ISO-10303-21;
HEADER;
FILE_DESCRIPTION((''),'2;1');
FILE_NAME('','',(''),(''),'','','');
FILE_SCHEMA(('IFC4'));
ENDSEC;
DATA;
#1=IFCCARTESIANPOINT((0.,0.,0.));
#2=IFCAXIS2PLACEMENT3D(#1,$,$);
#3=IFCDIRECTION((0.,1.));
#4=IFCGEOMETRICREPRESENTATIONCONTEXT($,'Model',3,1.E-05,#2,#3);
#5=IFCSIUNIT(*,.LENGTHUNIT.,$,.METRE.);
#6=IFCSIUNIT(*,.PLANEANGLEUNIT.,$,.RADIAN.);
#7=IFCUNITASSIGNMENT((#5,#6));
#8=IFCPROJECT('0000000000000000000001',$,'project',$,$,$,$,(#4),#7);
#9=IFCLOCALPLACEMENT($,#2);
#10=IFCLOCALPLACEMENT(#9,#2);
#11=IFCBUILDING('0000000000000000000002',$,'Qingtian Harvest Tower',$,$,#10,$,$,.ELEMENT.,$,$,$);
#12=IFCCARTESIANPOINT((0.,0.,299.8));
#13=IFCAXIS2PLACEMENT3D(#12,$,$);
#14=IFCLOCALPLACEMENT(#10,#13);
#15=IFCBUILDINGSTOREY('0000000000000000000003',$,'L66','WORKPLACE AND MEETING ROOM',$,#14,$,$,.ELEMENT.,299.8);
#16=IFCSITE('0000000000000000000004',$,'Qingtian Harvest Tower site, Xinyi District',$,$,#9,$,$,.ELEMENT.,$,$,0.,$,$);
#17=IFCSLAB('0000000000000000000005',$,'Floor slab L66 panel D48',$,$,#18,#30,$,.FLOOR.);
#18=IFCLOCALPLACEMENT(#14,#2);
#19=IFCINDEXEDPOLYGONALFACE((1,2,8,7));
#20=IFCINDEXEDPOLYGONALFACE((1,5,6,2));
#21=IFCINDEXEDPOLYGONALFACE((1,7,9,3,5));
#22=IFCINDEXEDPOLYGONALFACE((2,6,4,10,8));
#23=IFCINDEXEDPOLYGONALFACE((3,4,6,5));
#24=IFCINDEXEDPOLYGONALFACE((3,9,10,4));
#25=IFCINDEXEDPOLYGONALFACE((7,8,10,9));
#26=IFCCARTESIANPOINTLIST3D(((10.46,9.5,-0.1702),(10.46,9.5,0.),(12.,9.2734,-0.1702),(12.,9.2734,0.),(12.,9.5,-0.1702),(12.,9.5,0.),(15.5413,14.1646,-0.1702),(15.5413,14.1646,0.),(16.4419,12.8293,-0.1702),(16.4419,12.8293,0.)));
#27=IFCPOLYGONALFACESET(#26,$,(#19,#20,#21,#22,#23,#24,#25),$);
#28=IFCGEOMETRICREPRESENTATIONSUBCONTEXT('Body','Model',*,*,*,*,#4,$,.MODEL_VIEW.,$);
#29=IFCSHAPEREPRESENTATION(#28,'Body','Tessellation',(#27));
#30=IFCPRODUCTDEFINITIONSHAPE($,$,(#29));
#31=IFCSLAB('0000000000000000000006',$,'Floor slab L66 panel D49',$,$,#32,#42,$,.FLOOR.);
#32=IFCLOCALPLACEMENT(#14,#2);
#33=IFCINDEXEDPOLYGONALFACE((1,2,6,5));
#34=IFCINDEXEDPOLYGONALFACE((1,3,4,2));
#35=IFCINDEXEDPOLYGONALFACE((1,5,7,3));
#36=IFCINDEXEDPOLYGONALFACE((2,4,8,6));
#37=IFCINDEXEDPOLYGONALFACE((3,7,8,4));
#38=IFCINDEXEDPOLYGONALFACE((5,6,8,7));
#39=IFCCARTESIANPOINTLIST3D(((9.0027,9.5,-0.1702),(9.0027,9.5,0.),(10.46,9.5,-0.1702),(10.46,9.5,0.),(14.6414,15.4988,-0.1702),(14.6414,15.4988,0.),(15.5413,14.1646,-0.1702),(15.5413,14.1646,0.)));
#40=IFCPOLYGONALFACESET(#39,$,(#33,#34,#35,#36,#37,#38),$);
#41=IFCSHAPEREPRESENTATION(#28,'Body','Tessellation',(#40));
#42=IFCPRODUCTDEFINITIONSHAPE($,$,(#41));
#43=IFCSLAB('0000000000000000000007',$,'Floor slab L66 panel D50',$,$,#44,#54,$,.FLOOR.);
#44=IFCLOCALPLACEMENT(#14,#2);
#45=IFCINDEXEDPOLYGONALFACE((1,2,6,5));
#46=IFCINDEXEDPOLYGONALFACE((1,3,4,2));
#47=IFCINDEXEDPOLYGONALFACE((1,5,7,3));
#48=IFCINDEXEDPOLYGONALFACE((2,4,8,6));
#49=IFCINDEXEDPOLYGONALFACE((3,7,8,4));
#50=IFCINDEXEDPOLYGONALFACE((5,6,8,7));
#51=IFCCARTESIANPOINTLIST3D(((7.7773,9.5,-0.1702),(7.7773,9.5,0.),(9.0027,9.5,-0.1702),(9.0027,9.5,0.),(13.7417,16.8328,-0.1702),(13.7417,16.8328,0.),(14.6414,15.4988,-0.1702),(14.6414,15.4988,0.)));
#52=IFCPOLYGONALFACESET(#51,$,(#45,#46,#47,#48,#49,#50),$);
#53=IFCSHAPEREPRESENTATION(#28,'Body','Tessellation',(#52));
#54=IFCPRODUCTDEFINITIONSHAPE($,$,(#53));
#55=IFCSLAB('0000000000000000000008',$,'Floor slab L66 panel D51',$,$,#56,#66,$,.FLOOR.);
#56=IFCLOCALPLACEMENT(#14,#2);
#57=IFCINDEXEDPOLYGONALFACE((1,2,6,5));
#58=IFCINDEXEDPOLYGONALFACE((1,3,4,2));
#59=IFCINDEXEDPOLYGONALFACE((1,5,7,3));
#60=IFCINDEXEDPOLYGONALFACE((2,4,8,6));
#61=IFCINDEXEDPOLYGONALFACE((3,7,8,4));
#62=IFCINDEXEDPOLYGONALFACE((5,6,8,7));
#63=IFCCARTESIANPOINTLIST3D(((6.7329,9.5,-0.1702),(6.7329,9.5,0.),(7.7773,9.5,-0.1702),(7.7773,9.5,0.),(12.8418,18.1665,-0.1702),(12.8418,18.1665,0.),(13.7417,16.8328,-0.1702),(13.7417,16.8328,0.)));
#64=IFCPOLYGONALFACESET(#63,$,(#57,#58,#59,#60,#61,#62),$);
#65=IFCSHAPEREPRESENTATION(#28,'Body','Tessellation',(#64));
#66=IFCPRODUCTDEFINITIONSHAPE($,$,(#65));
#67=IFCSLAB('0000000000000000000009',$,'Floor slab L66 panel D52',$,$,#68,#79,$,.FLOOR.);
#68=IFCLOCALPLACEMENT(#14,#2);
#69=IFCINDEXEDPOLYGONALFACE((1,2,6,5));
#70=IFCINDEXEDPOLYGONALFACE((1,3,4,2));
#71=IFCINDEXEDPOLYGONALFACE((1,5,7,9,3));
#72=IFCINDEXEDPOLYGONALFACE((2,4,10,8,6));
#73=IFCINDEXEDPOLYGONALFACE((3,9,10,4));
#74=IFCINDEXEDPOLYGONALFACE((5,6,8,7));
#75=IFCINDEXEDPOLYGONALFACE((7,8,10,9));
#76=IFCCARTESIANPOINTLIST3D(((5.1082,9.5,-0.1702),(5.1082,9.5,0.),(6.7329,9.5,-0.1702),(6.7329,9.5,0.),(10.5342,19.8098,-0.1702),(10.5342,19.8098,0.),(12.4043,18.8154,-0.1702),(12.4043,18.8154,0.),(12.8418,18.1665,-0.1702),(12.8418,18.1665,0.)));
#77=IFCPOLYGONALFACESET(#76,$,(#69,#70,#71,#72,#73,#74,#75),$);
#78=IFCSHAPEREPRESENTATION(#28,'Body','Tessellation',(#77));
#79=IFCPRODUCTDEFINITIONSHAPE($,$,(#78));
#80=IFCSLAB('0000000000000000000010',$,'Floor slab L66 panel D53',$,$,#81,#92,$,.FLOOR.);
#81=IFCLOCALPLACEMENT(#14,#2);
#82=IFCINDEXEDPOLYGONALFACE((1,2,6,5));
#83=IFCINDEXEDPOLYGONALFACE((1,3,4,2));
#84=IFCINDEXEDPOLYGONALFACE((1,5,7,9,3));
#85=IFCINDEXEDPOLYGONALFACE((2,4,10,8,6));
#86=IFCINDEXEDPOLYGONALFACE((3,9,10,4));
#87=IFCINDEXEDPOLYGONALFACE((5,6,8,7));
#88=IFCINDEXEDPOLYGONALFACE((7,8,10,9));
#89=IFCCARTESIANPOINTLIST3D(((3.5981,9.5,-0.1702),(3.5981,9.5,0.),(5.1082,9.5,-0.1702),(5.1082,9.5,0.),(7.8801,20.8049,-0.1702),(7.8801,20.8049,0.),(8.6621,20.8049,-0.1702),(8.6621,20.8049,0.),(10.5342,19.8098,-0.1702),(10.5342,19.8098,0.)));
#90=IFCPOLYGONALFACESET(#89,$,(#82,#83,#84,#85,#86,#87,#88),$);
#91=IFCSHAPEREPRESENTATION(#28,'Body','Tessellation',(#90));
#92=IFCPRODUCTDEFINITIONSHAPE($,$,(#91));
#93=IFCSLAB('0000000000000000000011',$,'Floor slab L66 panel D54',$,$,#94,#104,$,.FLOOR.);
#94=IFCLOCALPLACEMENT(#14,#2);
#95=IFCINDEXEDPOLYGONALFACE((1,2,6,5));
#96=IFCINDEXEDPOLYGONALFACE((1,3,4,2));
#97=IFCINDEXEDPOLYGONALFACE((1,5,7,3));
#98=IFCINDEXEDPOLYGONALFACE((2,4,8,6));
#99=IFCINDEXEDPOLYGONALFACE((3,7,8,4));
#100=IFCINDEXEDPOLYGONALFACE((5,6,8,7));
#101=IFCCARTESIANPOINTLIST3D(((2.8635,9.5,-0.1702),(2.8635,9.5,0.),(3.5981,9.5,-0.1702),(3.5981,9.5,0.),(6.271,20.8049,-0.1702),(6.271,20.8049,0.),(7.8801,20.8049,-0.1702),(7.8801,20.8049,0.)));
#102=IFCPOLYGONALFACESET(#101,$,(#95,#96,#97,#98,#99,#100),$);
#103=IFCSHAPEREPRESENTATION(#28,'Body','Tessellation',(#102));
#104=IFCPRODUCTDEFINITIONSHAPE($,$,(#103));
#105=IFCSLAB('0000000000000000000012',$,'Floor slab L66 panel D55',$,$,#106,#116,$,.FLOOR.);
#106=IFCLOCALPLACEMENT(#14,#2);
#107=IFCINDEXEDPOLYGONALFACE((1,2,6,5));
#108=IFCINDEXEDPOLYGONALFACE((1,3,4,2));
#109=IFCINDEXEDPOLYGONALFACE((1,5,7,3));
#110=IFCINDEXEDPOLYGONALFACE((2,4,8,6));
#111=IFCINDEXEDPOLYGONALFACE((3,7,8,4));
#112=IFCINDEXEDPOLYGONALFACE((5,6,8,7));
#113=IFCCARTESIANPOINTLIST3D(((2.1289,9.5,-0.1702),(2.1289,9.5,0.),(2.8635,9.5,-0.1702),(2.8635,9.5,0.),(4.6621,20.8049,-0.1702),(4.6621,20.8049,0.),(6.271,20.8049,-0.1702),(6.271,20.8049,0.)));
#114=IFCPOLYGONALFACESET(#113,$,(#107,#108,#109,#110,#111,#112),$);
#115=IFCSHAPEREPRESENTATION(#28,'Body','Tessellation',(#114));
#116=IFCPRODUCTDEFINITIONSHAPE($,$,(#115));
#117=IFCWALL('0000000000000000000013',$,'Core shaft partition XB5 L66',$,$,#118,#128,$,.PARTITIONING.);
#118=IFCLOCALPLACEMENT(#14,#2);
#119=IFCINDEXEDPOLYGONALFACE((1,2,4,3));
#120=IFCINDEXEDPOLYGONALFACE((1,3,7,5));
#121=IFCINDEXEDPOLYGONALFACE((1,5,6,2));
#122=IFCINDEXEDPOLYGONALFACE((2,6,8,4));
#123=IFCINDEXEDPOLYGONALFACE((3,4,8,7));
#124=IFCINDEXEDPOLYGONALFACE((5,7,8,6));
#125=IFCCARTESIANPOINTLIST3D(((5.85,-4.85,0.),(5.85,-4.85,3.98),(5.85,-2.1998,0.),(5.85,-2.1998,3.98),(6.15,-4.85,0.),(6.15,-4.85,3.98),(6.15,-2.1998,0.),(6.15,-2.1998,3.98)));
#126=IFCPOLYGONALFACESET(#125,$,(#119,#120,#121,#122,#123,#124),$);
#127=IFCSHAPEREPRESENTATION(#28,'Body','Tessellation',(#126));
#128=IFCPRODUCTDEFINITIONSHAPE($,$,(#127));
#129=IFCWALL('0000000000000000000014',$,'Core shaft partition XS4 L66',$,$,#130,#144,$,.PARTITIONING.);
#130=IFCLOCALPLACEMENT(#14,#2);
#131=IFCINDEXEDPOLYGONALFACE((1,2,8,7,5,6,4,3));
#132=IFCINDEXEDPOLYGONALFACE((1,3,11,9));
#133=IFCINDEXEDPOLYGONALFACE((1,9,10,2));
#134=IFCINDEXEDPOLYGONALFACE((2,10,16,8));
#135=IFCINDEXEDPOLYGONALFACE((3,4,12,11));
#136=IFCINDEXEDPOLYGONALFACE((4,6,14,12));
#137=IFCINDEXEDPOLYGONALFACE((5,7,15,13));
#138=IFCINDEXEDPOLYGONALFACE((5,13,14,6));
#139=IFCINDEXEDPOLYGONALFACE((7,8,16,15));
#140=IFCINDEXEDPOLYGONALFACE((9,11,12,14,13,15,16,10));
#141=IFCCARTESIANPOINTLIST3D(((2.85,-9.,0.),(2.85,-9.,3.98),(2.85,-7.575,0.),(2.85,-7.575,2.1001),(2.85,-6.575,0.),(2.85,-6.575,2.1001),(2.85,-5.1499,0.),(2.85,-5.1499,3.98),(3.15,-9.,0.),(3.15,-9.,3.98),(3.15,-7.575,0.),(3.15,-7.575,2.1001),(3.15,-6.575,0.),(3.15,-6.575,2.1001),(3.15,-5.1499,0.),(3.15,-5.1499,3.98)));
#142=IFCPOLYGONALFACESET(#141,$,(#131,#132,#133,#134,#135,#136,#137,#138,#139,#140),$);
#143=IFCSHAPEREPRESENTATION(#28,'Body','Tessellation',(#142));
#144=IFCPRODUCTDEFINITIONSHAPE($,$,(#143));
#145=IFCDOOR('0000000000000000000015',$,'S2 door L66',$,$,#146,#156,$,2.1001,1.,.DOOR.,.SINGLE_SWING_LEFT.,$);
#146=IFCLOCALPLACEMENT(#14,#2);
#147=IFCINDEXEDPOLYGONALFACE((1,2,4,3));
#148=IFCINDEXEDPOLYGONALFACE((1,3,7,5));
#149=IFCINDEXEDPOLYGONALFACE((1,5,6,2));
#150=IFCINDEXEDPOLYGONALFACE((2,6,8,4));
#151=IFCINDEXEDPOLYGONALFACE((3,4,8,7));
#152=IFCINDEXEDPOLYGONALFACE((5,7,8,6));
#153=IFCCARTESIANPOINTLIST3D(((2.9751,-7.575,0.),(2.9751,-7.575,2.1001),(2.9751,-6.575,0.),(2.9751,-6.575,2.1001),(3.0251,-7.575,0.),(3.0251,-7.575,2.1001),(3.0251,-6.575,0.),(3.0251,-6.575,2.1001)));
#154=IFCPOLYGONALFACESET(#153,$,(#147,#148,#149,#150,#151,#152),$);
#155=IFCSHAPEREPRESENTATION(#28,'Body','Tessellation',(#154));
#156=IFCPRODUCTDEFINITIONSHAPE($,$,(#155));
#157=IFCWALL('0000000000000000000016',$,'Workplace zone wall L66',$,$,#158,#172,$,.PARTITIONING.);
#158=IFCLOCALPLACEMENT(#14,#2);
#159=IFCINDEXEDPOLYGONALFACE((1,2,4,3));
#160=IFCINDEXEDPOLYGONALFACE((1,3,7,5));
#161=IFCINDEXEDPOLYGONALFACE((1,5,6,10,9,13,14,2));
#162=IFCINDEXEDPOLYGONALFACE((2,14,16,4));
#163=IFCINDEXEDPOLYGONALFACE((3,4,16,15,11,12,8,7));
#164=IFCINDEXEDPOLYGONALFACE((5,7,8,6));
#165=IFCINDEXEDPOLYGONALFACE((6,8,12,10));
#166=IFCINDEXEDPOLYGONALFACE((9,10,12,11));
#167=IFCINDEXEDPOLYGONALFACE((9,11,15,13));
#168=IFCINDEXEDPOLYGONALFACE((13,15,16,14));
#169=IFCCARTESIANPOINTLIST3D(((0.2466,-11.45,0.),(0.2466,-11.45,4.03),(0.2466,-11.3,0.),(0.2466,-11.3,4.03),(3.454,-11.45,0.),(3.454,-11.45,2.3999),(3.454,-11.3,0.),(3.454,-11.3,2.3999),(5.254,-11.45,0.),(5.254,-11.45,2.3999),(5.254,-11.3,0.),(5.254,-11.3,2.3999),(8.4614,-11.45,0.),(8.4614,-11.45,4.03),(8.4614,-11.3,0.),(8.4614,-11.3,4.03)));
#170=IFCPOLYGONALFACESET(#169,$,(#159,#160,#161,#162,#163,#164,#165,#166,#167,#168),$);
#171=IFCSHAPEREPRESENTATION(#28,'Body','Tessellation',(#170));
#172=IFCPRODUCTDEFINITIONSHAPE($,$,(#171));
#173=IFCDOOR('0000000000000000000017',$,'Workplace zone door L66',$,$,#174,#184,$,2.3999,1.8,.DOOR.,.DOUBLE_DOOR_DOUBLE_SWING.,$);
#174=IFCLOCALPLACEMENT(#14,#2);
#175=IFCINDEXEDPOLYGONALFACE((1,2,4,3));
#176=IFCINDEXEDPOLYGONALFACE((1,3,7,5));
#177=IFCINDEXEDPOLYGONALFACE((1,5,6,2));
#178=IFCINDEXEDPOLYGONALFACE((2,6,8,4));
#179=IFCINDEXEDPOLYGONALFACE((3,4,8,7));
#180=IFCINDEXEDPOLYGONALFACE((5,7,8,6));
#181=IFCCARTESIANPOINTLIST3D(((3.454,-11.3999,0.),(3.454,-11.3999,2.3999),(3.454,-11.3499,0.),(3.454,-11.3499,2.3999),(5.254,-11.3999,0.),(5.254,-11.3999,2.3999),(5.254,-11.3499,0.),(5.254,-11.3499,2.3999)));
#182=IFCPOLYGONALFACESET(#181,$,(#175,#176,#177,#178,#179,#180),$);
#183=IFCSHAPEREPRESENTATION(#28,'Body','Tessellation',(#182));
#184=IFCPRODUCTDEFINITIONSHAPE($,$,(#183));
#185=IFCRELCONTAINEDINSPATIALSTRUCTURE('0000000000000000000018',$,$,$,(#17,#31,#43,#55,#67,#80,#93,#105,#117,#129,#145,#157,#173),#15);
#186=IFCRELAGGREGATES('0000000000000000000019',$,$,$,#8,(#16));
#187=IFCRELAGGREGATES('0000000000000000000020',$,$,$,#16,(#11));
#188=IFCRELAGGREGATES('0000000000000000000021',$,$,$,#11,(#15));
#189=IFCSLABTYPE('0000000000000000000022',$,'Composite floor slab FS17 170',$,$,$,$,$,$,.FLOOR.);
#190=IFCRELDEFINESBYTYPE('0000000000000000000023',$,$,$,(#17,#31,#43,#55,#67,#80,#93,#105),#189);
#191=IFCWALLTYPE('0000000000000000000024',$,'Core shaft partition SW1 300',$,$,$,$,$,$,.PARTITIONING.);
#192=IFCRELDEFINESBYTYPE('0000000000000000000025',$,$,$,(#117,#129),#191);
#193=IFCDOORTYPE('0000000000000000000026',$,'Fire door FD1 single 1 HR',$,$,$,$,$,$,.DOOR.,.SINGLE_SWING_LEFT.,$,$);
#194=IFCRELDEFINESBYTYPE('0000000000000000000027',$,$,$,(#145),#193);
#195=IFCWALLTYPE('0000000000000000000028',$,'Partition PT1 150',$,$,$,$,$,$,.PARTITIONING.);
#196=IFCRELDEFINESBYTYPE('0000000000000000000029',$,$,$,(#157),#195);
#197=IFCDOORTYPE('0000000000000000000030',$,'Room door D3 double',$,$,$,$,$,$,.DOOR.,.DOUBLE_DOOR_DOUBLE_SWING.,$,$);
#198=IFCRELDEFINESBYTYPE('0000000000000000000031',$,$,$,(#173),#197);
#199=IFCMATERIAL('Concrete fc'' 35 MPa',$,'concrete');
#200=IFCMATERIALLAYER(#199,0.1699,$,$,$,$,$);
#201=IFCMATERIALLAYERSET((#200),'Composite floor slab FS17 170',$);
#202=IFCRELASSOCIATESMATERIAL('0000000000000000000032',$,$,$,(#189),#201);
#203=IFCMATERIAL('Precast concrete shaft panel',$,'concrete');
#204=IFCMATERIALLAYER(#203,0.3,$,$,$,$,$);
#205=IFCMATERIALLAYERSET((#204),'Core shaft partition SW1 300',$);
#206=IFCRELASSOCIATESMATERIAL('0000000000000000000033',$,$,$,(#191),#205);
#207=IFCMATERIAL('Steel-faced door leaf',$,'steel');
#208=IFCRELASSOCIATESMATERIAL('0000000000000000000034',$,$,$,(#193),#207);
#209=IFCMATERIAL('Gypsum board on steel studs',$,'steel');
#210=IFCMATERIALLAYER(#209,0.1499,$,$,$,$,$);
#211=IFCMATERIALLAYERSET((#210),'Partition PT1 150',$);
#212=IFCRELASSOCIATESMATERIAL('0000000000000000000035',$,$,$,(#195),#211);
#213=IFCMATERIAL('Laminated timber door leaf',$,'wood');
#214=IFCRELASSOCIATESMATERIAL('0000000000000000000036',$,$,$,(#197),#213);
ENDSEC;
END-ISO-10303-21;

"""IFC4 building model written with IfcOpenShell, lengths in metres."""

from ifc_helpers import new_model, si_unit, direction, frame, frame_2d, origin, place, context, subcontext, project, spatial, polyline, rectangle, outline, extrude, material, layer, layer_set, type_object, element, fill, save


model = new_model("IFC4")

# Units and contexts
model_context = context("Model", 3, precision=1e-05, world=origin(), true_north=direction((0.0, 1.0)))
body_context = subcontext(model_context, "Body", "Model", "MODEL_VIEW")
ifc_project = project(units=[si_unit("LENGTHUNIT", "METRE"), si_unit("PLANEANGLEUNIT", "RADIAN")], contexts=[model_context])

# Site, building, storey
site_placement = place(None, origin())
site = spatial("IfcSite", under=ifc_project, at=site_placement, Name="Qingtian Harvest Tower site, Xinyi District", CompositionType="ELEMENT", RefElevation=0.0)
building_placement = place(site_placement, origin())
building = spatial("IfcBuilding", under=site, at=building_placement, Name="Qingtian Harvest Tower", CompositionType="ELEMENT")
storey_placement = place(building_placement, frame((0.0, 0.0, 299.8)))
storey = spatial("IfcBuildingStorey", under=building, at=storey_placement, Name="L66", Description="WORKPLACE AND MEETING ROOM", CompositionType="ELEMENT", Elevation=299.8)

# Slabs
ifc_material_1 = material(Name="Concrete fc' 35 MPa", Category="concrete")
ifc_layer_1 = layer(ifc_material_1, 0.1699)
ifc_layer_set_1 = layer_set([ifc_layer_1], Name="Composite floor slab FS17 170")
slab_type = type_object("IfcSlabType", Name="Composite floor slab FS17 170", PredefinedType="FLOOR", material=ifc_layer_set_1)
slab_1_placement = place(storey_placement, frame((0.0, 0.0, -0.1702)))
element("IfcSlab", 1, at=slab_1_placement, inside=storey, type_object=slab_type, Name="Floor slab L66 panel D48", PredefinedType="FLOOR", context=body_context, shape_type="SweptSolid", body=[
    extrude(outline(polyline([(12.0, 9.5), (10.46, 9.5), (15.5413, 14.1646), (16.4419, 12.8293), (12.0, 9.2734), (12.0, 9.5)])), origin(), (0.0, 0.0, 1.0), 0.1702),
])
slab_2_placement = place(storey_placement, frame((0.0, 0.0, -0.1702)))
element("IfcSlab", 2, at=slab_2_placement, inside=storey, type_object=slab_type, Name="Floor slab L66 panel D49", PredefinedType="FLOOR", context=body_context, shape_type="SweptSolid", body=[
    extrude(outline(polyline([(9.0027, 9.5), (14.6414, 15.4988), (15.5413, 14.1646), (10.46, 9.5), (9.0027, 9.5)])), origin(), (0.0, 0.0, 1.0), 0.1702),
])
slab_3_placement = place(storey_placement, frame((0.0, 0.0, -0.1702)))
element("IfcSlab", 3, at=slab_3_placement, inside=storey, type_object=slab_type, Name="Floor slab L66 panel D50", PredefinedType="FLOOR", context=body_context, shape_type="SweptSolid", body=[
    extrude(outline(polyline([(7.7773, 9.5), (13.7417, 16.8328), (14.6414, 15.4988), (9.0027, 9.5), (7.7773, 9.5)])), origin(), (0.0, 0.0, 1.0), 0.1702),
])
slab_4_placement = place(storey_placement, frame((0.0, 0.0, -0.1702)))
element("IfcSlab", 4, at=slab_4_placement, inside=storey, type_object=slab_type, Name="Floor slab L66 panel D51", PredefinedType="FLOOR", context=body_context, shape_type="SweptSolid", body=[
    extrude(outline(polyline([(6.7329, 9.5), (12.8418, 18.1665), (13.7417, 16.8328), (7.7773, 9.5), (6.7329, 9.5)])), origin(), (0.0, 0.0, 1.0), 0.1702),
])
slab_5_placement = place(storey_placement, frame((0.0, 0.0, -0.1702)))
element("IfcSlab", 5, at=slab_5_placement, inside=storey, type_object=slab_type, Name="Floor slab L66 panel D52", PredefinedType="FLOOR", context=body_context, shape_type="SweptSolid", body=[
    extrude(outline(polyline([(6.7329, 9.5), (5.1082, 9.5), (10.5342, 19.8098), (12.4043, 18.8154), (12.8418, 18.1665), (6.7329, 9.5)])), origin(), (0.0, 0.0, 1.0), 0.1702),
])
slab_6_placement = place(storey_placement, frame((0.0, 0.0, -0.1702)))
element("IfcSlab", 6, at=slab_6_placement, inside=storey, type_object=slab_type, Name="Floor slab L66 panel D53", PredefinedType="FLOOR", context=body_context, shape_type="SweptSolid", body=[
    extrude(outline(polyline([(3.5981, 9.5), (7.8801, 20.8049), (8.6621, 20.8049), (10.5342, 19.8098), (5.1082, 9.5), (3.5981, 9.5)])), origin(), (0.0, 0.0, 1.0), 0.1702),
])
slab_7_placement = place(storey_placement, frame((0.0, 0.0, -0.1702)))
element("IfcSlab", 7, at=slab_7_placement, inside=storey, type_object=slab_type, Name="Floor slab L66 panel D54", PredefinedType="FLOOR", context=body_context, shape_type="SweptSolid", body=[
    extrude(outline(polyline([(2.8635, 9.5), (6.271, 20.8049), (7.8801, 20.8049), (3.5981, 9.5), (2.8635, 9.5)])), origin(), (0.0, 0.0, 1.0), 0.1702),
])
slab_8_placement = place(storey_placement, frame((0.0, 0.0, -0.1702)))
element("IfcSlab", 8, at=slab_8_placement, inside=storey, type_object=slab_type, Name="Floor slab L66 panel D55", PredefinedType="FLOOR", context=body_context, shape_type="SweptSolid", body=[
    extrude(outline(polyline([(2.1289, 9.5), (4.6621, 20.8049), (6.271, 20.8049), (2.8635, 9.5), (2.1289, 9.5)])), origin(), (0.0, 0.0, 1.0), 0.1702),
])

# Wall
ifc_material_2 = material(Name="Precast concrete shaft panel", Category="concrete")
ifc_layer_2 = layer(ifc_material_2, 0.3)
ifc_layer_set_2 = layer_set([ifc_layer_2], Name="Core shaft partition SW1 300")
wall_type_1 = type_object("IfcWallType", Name="Core shaft partition SW1 300", PredefinedType="PARTITIONING", material=ifc_layer_set_2)
wall_1_placement = place(storey_placement, frame((6.0, -4.8501, 0.0), z_axis=(0.0, 0.0, 1.0), x_axis=(0.0, 1.0, 0.0)))
element("IfcWall", 9, at=wall_1_placement, inside=storey, type_object=wall_type_1, Name="Core shaft partition XB5 L66", PredefinedType="PARTITIONING", context=body_context, shape_type="SweptSolid", body=[
    extrude(rectangle(XDim=2.6501, YDim=0.3, at=frame_2d((1.3252, 0.0))), origin(), (0.0, 0.0, 1.0), 3.98),
])

# Walls, openings, doors
wall_2_placement = place(storey_placement, frame((3.0, -9.0, 0.0), z_axis=(0.0, 0.0, 1.0), x_axis=(0.0, 1.0, 0.0)))
wall_2 = element("IfcWall", 10, at=wall_2_placement, inside=storey, type_object=wall_type_1, Name="Core shaft partition XS4 L66", PredefinedType="PARTITIONING", context=body_context, shape_type="SweptSolid", body=[
    extrude(rectangle(XDim=3.8501, YDim=0.3, at=frame_2d((1.925, 0.0))), origin(), (0.0, 0.0, 1.0), 3.98),
])
opening_1_placement = place(wall_2_placement, frame((1.425, 0.0, 0.0)))
opening_1 = element("IfcOpeningElement", 11, at=opening_1_placement, cuts=wall_2, PredefinedType="OPENING", context=body_context, shape_type="SweptSolid", body=[
    extrude(rectangle(XDim=1.0, YDim=2.1001, at=frame_2d((0.5, 1.05))), frame((0.0, 0.1599, 0.0), z_axis=(0.0, -1.0, 0.0), x_axis=(1.0, 0.0, 0.0)), (0.0, 0.0, 1.0), 0.3201),
])
ifc_material_3 = material(Name="Steel-faced door leaf", Category="steel")
door_type_1 = type_object("IfcDoorType", Name="Fire door FD1 single 1 HR", OperationType="SINGLE_SWING_LEFT", PredefinedType="DOOR", material=ifc_material_3)
door_1_placement = place(opening_1_placement, origin())
door_1 = element("IfcDoor", 12, at=door_1_placement, inside=storey, type_object=door_type_1, Name="S2 door L66", OperationType="SINGLE_SWING_LEFT", OverallHeight=2.1001, OverallWidth=1.0, PredefinedType="DOOR", context=body_context, shape_type="SweptSolid", body=[
    extrude(rectangle(XDim=1.0, YDim=2.1001, at=frame_2d((0.5, 1.05))), frame((0.0, 0.0249, 0.0), z_axis=(0.0, -1.0, 0.0), x_axis=(1.0, 0.0, 0.0)), (0.0, 0.0, 1.0), 0.05),
])
fill(opening_1, door_1)
ifc_material_4 = material(Name="Gypsum board on steel studs", Category="steel")
ifc_layer_3 = layer(ifc_material_4, 0.1499)
ifc_layer_set_3 = layer_set([ifc_layer_3], Name="Partition PT1 150")
wall_type_2 = type_object("IfcWallType", Name="Partition PT1 150", PredefinedType="PARTITIONING", material=ifc_layer_set_3)
wall_3_placement = place(storey_placement, frame((8.4614, -11.375, 0.0), z_axis=(0.0, 0.0, 1.0), x_axis=(-1.0, 0.0, 0.0)))
wall_3 = element("IfcWall", 13, at=wall_3_placement, inside=storey, type_object=wall_type_2, Name="Workplace zone wall L66", PredefinedType="PARTITIONING", context=body_context, shape_type="SweptSolid", body=[
    extrude(rectangle(XDim=8.2148, YDim=0.1499, at=frame_2d((4.1074, 0.0))), origin(), (0.0, 0.0, 1.0), 4.03),
])
opening_2_placement = place(wall_3_placement, frame((3.2075, 0.0, 0.0)))
opening_2 = element("IfcOpeningElement", 14, at=opening_2_placement, cuts=wall_3, PredefinedType="OPENING", context=body_context, shape_type="SweptSolid", body=[
    extrude(rectangle(XDim=1.8, YDim=2.3999, at=frame_2d((0.8999, 1.2))), frame((0.0, 0.085, 0.0), z_axis=(0.0, -1.0, 0.0), x_axis=(1.0, 0.0, 0.0)), (0.0, 0.0, 1.0), 0.1699),
])
ifc_material_5 = material(Name="Laminated timber door leaf", Category="wood")
door_type_2 = type_object("IfcDoorType", Name="Room door D3 double", OperationType="DOUBLE_DOOR_DOUBLE_SWING", PredefinedType="DOOR", material=ifc_material_5)
door_2_placement = place(opening_2_placement, origin())
door_2 = element("IfcDoor", 15, at=door_2_placement, inside=storey, type_object=door_type_2, Name="Workplace zone door L66", OperationType="DOUBLE_DOOR_DOUBLE_SWING", OverallHeight=2.3999, OverallWidth=1.8, PredefinedType="DOOR", context=body_context, shape_type="SweptSolid", body=[
    extrude(rectangle(XDim=1.8, YDim=2.3999, at=frame_2d((0.8999, 1.2))), frame((0.0, 0.0249, 0.0), z_axis=(0.0, -1.0, 0.0), x_axis=(1.0, 0.0, 0.0)), (0.0, 0.0, 1.0), 0.05),
])
fill(opening_2, door_2)

save(model, "model.ifc")
